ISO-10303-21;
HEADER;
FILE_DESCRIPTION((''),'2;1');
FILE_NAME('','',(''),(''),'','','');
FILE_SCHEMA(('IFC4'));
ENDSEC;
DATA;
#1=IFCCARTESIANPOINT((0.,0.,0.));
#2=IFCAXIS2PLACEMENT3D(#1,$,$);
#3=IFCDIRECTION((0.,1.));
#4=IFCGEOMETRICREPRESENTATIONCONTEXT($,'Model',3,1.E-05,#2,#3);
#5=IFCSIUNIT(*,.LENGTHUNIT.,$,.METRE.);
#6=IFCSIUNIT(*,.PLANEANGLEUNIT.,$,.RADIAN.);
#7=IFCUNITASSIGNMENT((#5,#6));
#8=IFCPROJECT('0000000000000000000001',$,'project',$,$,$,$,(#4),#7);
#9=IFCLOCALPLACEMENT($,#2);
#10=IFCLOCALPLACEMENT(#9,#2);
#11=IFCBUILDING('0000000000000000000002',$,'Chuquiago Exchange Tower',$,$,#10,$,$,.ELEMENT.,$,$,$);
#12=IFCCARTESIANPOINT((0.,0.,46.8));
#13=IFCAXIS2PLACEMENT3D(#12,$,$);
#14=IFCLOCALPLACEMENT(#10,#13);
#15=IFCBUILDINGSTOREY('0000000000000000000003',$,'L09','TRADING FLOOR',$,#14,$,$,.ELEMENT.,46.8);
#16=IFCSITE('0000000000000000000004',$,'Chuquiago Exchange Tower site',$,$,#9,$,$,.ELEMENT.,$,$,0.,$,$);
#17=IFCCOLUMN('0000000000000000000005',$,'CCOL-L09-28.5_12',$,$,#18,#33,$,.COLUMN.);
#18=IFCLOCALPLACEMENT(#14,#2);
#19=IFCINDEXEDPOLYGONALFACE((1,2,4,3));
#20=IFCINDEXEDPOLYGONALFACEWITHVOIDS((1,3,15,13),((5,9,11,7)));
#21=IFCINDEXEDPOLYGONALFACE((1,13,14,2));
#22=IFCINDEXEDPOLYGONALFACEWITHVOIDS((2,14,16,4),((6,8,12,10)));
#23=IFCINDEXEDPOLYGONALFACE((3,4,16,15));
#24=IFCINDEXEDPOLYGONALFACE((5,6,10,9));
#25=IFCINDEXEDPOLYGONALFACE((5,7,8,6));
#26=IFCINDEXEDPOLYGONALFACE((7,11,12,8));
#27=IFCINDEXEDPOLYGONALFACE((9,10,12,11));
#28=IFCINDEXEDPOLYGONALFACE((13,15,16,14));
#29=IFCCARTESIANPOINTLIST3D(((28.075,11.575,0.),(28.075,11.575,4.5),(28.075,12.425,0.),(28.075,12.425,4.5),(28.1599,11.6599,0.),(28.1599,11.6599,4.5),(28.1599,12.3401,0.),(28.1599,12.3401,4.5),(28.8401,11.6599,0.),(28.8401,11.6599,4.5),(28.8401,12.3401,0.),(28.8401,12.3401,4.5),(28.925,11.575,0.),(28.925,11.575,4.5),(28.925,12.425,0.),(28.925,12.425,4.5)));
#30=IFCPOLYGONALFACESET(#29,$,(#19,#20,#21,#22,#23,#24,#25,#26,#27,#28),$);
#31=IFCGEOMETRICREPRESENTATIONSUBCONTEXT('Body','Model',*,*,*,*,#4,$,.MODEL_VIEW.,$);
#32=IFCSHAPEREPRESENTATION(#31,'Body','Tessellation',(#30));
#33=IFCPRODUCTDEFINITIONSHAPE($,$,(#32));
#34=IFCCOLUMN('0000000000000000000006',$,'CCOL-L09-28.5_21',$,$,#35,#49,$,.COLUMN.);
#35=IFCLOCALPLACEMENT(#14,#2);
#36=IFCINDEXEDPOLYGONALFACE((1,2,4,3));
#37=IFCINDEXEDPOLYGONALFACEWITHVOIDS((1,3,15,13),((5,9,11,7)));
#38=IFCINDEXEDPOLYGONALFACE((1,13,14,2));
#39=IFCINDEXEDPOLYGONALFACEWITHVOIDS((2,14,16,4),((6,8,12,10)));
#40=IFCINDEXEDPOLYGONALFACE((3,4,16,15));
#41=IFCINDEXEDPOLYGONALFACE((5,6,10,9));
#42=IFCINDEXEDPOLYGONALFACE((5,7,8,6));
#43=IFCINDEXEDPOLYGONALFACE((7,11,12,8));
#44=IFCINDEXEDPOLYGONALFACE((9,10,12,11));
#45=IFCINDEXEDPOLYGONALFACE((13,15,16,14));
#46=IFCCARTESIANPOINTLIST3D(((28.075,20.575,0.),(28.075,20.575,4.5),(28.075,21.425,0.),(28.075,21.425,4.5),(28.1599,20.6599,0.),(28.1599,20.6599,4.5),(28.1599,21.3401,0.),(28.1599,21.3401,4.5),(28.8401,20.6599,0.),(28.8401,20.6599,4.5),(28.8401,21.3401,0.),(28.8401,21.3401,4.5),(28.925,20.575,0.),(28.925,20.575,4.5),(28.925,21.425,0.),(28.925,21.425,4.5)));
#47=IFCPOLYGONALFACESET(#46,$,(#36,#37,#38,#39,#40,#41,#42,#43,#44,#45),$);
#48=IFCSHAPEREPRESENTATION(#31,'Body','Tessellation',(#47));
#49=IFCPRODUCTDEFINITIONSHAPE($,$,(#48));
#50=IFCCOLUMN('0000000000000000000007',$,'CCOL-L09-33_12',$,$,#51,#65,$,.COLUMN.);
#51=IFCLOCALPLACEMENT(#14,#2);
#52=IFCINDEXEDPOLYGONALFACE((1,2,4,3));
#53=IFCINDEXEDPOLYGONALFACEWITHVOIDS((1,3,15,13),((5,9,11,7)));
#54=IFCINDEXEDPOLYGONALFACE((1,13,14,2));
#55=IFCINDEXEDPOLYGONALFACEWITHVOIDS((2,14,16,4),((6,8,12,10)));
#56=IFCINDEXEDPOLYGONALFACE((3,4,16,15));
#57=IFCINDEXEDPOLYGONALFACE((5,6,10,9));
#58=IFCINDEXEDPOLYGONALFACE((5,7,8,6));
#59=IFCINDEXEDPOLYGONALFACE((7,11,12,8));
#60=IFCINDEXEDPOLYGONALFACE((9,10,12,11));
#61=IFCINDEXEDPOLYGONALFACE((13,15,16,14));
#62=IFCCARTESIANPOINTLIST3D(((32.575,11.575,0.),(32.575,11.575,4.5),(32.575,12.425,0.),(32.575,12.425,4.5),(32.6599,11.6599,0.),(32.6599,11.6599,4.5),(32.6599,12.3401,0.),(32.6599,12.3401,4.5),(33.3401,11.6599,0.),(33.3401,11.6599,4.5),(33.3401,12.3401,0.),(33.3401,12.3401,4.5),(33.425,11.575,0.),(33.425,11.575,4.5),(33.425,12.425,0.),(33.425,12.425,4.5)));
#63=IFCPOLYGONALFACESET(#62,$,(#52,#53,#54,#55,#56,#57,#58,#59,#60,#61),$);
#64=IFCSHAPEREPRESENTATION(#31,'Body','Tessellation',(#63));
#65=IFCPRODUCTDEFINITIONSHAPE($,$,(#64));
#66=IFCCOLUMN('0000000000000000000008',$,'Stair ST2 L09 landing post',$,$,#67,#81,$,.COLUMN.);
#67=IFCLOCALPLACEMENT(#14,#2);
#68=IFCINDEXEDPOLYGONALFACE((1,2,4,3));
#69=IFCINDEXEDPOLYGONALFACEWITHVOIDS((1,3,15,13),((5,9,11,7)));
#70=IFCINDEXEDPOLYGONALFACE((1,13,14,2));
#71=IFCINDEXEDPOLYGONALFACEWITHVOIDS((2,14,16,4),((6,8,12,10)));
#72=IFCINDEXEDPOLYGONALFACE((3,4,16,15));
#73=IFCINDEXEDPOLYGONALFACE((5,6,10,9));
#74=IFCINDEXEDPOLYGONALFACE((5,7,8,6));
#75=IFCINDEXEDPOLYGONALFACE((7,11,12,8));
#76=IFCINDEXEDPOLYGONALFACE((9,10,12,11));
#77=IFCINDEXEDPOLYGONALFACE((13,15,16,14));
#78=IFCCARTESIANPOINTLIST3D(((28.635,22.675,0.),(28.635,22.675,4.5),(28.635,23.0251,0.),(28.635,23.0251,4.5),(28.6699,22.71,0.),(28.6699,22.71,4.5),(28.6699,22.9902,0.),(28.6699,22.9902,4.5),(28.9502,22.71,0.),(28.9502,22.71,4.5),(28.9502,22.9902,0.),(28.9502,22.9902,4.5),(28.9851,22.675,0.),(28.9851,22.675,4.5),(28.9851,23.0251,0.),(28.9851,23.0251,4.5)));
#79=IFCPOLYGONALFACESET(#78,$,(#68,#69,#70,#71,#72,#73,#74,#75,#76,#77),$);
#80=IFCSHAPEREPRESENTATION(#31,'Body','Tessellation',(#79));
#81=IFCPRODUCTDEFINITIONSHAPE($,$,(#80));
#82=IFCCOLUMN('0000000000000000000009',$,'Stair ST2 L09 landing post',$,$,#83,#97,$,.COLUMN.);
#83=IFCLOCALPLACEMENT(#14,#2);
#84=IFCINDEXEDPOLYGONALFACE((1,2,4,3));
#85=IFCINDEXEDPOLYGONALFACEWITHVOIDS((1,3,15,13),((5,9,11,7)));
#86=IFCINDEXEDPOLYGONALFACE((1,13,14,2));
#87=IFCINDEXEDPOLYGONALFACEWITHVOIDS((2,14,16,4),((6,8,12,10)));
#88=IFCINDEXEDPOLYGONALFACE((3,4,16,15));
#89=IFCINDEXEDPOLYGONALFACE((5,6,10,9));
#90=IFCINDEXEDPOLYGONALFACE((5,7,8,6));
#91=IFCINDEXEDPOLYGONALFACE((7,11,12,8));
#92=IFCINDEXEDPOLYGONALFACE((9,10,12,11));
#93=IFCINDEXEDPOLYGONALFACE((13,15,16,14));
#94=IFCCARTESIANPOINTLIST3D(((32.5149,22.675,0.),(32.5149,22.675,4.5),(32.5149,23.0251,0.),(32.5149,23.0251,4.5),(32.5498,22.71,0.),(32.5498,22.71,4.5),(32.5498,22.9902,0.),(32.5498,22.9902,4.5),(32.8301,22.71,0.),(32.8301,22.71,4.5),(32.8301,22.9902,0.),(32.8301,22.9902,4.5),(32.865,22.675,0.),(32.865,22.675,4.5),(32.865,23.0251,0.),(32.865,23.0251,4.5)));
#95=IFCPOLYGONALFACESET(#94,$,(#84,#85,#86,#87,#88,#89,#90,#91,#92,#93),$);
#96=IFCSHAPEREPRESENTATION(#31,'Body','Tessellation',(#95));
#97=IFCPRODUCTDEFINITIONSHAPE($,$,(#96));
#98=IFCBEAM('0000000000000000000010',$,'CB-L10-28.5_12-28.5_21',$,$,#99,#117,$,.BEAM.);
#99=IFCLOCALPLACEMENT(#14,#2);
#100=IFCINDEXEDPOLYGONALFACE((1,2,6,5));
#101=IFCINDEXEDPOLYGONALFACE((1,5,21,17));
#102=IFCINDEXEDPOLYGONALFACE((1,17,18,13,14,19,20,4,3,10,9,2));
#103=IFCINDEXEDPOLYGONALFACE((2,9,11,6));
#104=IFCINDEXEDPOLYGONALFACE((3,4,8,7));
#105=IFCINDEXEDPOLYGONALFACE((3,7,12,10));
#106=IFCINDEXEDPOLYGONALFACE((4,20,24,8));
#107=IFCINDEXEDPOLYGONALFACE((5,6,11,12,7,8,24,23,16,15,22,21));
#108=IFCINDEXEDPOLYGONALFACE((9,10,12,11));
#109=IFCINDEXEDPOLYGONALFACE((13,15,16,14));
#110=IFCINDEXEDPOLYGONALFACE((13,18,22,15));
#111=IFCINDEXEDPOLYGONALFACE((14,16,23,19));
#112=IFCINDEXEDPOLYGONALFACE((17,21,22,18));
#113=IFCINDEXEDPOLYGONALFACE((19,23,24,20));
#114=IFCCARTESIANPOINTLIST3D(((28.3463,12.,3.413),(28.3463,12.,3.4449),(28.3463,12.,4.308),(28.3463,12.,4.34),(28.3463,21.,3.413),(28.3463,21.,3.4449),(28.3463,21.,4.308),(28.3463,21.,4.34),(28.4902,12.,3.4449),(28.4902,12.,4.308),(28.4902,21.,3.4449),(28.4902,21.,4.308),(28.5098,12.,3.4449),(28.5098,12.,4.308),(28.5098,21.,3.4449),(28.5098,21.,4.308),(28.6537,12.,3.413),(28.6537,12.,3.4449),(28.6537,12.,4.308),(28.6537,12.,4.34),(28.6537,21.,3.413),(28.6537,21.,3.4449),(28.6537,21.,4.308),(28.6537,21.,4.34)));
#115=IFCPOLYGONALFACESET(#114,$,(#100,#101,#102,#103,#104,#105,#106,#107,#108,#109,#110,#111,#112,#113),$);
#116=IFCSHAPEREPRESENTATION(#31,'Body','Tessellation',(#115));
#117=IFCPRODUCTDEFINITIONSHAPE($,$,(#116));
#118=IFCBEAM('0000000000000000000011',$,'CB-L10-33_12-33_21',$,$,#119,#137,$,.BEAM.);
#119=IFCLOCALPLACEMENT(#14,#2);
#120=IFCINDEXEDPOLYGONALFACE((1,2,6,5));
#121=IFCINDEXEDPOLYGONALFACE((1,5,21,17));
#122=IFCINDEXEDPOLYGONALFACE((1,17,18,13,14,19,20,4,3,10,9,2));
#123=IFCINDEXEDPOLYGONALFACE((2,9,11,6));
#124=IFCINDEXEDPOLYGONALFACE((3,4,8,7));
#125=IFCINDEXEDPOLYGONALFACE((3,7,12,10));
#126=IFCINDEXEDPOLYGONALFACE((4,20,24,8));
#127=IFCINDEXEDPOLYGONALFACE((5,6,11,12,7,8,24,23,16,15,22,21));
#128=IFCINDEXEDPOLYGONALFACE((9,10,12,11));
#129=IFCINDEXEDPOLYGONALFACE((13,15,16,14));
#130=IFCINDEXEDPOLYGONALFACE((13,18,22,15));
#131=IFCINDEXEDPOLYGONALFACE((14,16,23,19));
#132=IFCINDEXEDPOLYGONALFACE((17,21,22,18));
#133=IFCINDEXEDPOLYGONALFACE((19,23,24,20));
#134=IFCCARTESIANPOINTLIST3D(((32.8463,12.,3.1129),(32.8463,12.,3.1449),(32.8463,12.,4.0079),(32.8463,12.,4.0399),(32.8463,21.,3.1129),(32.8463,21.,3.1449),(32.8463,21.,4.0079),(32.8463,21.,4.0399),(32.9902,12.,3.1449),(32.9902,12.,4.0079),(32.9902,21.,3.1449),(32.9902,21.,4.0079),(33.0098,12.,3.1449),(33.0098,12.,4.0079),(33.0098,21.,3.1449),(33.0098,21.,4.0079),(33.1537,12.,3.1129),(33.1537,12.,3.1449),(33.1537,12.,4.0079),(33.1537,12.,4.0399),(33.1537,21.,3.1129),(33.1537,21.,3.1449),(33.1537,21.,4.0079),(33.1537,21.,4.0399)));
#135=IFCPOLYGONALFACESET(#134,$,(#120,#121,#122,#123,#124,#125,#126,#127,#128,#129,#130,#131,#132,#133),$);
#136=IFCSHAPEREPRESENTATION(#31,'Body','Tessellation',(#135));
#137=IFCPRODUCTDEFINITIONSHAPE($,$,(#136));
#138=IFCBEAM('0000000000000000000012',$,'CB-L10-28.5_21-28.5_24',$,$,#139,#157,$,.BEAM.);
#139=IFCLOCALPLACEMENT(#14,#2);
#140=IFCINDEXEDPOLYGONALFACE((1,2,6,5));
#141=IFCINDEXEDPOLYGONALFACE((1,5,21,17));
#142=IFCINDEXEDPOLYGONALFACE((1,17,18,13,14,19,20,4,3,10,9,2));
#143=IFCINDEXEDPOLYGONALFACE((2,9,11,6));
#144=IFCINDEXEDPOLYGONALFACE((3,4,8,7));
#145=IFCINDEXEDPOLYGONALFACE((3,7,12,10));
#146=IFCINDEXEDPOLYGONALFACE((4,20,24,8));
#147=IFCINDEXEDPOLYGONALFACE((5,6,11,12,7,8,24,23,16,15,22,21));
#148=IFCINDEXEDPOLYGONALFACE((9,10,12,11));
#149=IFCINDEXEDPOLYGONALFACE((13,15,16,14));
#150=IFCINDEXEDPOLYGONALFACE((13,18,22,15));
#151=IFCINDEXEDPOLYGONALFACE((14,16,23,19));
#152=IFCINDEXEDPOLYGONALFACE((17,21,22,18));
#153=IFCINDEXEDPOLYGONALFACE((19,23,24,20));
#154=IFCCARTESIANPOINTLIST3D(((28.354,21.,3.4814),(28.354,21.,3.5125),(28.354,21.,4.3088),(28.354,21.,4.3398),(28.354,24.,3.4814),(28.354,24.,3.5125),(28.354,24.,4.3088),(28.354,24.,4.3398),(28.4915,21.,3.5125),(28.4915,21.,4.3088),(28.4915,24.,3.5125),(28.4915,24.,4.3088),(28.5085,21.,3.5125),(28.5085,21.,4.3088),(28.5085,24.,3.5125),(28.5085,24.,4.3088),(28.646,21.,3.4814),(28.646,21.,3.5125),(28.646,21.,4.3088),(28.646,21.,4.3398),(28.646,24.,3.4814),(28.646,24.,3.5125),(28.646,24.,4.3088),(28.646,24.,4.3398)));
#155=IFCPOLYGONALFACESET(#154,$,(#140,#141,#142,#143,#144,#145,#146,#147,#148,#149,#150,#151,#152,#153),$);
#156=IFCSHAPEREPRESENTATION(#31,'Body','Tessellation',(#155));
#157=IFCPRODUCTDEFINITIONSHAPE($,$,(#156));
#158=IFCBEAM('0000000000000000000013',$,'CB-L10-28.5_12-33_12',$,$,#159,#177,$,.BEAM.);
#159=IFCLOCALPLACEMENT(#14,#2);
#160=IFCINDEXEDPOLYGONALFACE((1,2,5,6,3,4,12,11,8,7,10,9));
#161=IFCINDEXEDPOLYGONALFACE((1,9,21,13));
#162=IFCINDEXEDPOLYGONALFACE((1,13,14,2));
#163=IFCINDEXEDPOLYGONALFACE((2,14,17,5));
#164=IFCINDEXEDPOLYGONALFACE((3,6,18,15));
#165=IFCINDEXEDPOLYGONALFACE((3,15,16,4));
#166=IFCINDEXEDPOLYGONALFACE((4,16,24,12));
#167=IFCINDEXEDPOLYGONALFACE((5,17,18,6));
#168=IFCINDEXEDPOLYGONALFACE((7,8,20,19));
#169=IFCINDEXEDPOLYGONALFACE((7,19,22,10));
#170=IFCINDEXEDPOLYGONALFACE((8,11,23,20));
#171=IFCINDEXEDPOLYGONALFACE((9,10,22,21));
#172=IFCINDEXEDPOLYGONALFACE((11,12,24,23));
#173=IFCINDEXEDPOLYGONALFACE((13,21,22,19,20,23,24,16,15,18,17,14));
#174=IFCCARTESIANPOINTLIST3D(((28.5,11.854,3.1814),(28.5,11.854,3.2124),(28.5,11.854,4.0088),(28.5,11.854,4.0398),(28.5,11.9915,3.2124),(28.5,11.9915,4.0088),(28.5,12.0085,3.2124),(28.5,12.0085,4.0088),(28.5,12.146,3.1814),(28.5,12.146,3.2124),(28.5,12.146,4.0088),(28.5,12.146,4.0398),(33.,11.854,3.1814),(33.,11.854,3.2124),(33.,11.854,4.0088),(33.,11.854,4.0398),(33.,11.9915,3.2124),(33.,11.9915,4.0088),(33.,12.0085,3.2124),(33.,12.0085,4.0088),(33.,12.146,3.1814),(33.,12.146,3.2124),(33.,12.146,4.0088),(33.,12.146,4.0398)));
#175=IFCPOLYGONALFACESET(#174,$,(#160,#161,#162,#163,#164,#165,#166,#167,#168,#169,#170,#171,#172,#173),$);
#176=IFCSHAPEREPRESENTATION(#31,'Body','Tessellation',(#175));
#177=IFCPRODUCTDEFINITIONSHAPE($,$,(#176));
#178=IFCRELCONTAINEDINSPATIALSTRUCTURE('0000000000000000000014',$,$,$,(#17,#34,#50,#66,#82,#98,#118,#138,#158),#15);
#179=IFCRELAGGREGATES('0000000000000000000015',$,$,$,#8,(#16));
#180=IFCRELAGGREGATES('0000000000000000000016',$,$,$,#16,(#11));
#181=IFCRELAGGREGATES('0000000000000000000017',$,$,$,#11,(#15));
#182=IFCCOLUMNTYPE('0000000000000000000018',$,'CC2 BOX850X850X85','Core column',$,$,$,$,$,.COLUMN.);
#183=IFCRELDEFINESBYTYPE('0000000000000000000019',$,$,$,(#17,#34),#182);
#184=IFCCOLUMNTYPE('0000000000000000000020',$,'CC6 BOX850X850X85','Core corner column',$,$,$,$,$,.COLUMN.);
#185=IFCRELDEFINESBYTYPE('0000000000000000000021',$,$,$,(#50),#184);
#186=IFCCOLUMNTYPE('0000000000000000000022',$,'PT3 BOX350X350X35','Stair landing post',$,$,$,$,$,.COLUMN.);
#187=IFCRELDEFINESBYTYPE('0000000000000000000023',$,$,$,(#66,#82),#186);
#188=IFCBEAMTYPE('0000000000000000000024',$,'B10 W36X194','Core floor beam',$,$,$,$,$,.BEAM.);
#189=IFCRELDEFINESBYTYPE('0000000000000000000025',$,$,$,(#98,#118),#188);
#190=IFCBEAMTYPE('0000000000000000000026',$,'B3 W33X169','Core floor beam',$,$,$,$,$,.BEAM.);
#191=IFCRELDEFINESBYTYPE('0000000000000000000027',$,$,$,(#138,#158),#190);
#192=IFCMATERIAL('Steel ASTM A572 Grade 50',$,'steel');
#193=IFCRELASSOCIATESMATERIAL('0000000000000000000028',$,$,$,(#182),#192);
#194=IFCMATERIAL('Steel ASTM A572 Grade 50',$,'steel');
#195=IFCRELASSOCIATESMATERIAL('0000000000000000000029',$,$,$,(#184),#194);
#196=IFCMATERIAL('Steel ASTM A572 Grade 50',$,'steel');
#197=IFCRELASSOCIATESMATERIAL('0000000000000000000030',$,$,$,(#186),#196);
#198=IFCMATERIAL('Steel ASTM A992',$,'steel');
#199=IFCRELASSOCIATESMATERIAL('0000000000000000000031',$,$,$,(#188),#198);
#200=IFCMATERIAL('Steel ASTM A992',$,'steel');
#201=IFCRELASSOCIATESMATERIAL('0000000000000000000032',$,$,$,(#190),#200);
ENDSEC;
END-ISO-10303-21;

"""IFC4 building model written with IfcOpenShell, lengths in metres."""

from ifc_helpers import new_model, si_unit, direction, frame, origin, origin_2d, place, context, subcontext, project, spatial, hollow_rectangle, i_section, extrude, material, material_profile, profile_set, type_object, element, save


model = new_model("IFC4")

# Units and contexts
model_context = context("Model", 3, precision=1e-05, world=origin(), true_north=direction((0.0, 1.0)))
body_context = subcontext(model_context, "Body", "Model", "MODEL_VIEW")
ifc_project = project(units=[si_unit("LENGTHUNIT", "METRE"), si_unit("PLANEANGLEUNIT", "RADIAN")], contexts=[model_context])

# Site, building, storey
site_placement = place(None, origin())
site = spatial("IfcSite", under=ifc_project, at=site_placement, Name="Chuquiago Exchange Tower site", CompositionType="ELEMENT", RefElevation=0.0)
building_placement = place(site_placement, origin())
building = spatial("IfcBuilding", under=site, at=building_placement, Name="Chuquiago Exchange Tower", CompositionType="ELEMENT")
storey_placement = place(building_placement, frame((0.0, 0.0, 46.8)))
storey = spatial("IfcBuildingStorey", under=building, at=storey_placement, Name="L09", Description="TRADING FLOOR", CompositionType="ELEMENT", Elevation=46.8)

# Columns
ifc_material_1 = material(Name="Steel ASTM A572 Grade 50", Category="steel")
ifc_material_profile_1 = material_profile(ifc_material_1, hollow_rectangle(XDim=0.8501, YDim=0.8501, WallThickness=0.085, at=origin_2d()), Name="BOX850X850X85")
ifc_profile_set_1 = profile_set([ifc_material_profile_1], Name="Steel ASTM A572 Grade 50")
column_type_1 = type_object("IfcColumnType", Name="CC2 BOX850X850X85", Description="Core column", PredefinedType="COLUMN", material=ifc_profile_set_1)
for number, where, z_axis, x_axis, name in (
    (1, (28.5, 12.0, 0.0), (0.0, 0.0, 1.0), (1.0, 0.0, 0.0), "CCOL-L09-28.5_12"),
    (2, (28.5, 21.0, 0.0), (0.0, 0.0, 1.0), (1.0, 0.0, 0.0), "CCOL-L09-28.5_21"),
):
    element("IfcColumn", number, at=place(storey_placement, frame(where, z_axis=z_axis, x_axis=x_axis)), inside=storey, type_object=column_type_1, Name=name, PredefinedType="COLUMN", context=body_context, shape_type="SweptSolid", body=[
        extrude(hollow_rectangle(XDim=0.8501, YDim=0.8501, WallThickness=0.085, at=origin_2d()), origin(), (0.0, 0.0, 1.0), 4.5),
    ])
ifc_material_2 = material(Name="Steel ASTM A572 Grade 50", Category="steel")
ifc_material_profile_2 = material_profile(ifc_material_2, hollow_rectangle(XDim=0.8501, YDim=0.8501, WallThickness=0.085, at=origin_2d()), Name="BOX850X850X85")
ifc_profile_set_2 = profile_set([ifc_material_profile_2], Name="Steel ASTM A572 Grade 50")
column_type_2 = type_object("IfcColumnType", Name="CC6 BOX850X850X85", Description="Core corner column", PredefinedType="COLUMN", material=ifc_profile_set_2)
column_placement = place(storey_placement, frame((33.0, 12.0, 0.0), z_axis=(0.0, 0.0, 1.0), x_axis=(1.0, 0.0, 0.0)))
element("IfcColumn", 3, at=column_placement, inside=storey, type_object=column_type_2, Name="CCOL-L09-33_12", PredefinedType="COLUMN", context=body_context, shape_type="SweptSolid", body=[
    extrude(hollow_rectangle(XDim=0.8501, YDim=0.8501, WallThickness=0.085, at=origin_2d()), origin(), (0.0, 0.0, 1.0), 4.5),
])
ifc_material_3 = material(Name="Steel ASTM A572 Grade 50", Category="steel")
ifc_material_profile_3 = material_profile(ifc_material_3, hollow_rectangle(XDim=0.3501, YDim=0.3501, WallThickness=0.0349, at=origin_2d()), Name="BOX350X350X35")
ifc_profile_set_3 = profile_set([ifc_material_profile_3], Name="Steel ASTM A572 Grade 50")
column_type_3 = type_object("IfcColumnType", Name="PT3 BOX350X350X35", Description="Stair landing post", PredefinedType="COLUMN", material=ifc_profile_set_3)
for number, where, z_axis, x_axis, name in (
    (4, (28.8101, 22.8501, 0.0), (0.0, 0.0, 1.0), (1.0, 0.0, 0.0), "Stair ST2 L09 landing post"),
    (5, (32.6899, 22.8501, 0.0), (0.0, 0.0, 1.0), (1.0, 0.0, 0.0), "Stair ST2 L09 landing post"),
):
    element("IfcColumn", number, at=place(storey_placement, frame(where, z_axis=z_axis, x_axis=x_axis)), inside=storey, type_object=column_type_3, Name=name, PredefinedType="COLUMN", context=body_context, shape_type="SweptSolid", body=[
        extrude(hollow_rectangle(XDim=0.3501, YDim=0.3501, WallThickness=0.0349, at=origin_2d()), origin(), (0.0, 0.0, 1.0), 4.5),
    ])

# Beams
ifc_material_4 = material(Name="Steel ASTM A992", Category="steel")
ifc_material_profile_4 = material_profile(ifc_material_4, i_section(OverallWidth=0.3074, OverallDepth=0.927, WebThickness=0.0195, FlangeThickness=0.032, at=origin_2d()), Name="W36X194")
ifc_profile_set_4 = profile_set([ifc_material_profile_4], Name="Steel ASTM A992")
beam_type_1 = type_object("IfcBeamType", Name="B10 W36X194", Description="Core floor beam", PredefinedType="BEAM", material=ifc_profile_set_4)
for number, where, z_axis, x_axis, name in (
    (6, (28.5, 12.0, 3.8765), (0.0, 1.0, 0.0), (-1.0, 0.0, 0.0), "CB-L10-28.5_12-28.5_21"),
    (7, (33.0, 12.0, 3.5764), (0.0, 1.0, 0.0), (-1.0, 0.0, 0.0), "CB-L10-33_12-33_21"),
):
    element("IfcBeam", number, at=place(storey_placement, frame(where, z_axis=z_axis, x_axis=x_axis)), inside=storey, type_object=beam_type_1, Name=name, PredefinedType="BEAM", context=body_context, shape_type="SweptSolid", body=[
        extrude(i_section(OverallWidth=0.3074, OverallDepth=0.927, WebThickness=0.0195, FlangeThickness=0.032, at=origin_2d()), origin(), (0.0, 0.0, 1.0), 9.0),
    ])
ifc_material_5 = material(Name="Steel ASTM A992", Category="steel")
ifc_material_profile_5 = material_profile(ifc_material_5, i_section(OverallWidth=0.292, OverallDepth=0.8584, WebThickness=0.0171, FlangeThickness=0.031, at=origin_2d()), Name="W33X169")
ifc_profile_set_5 = profile_set([ifc_material_profile_5], Name="Steel ASTM A992")
beam_type_2 = type_object("IfcBeamType", Name="B3 W33X169", Description="Core floor beam", PredefinedType="BEAM", material=ifc_profile_set_5)
beam_placement = place(storey_placement, frame((28.5, 21.0, 3.9106), z_axis=(0.0, 1.0, 0.0), x_axis=(-1.0, 0.0, 0.0)))
element("IfcBeam", 8, at=beam_placement, inside=storey, type_object=beam_type_2, Name="CB-L10-28.5_21-28.5_24", PredefinedType="BEAM", context=body_context, shape_type="SweptSolid", body=[
    extrude(i_section(OverallWidth=0.292, OverallDepth=0.8584, WebThickness=0.0171, FlangeThickness=0.031, at=origin_2d()), origin(), (0.0, 0.0, 1.0), 3.0),
])
for number, where, z_axis, x_axis, name in (
    (9, (28.5, 12.0, 3.6106), (1.0, 0.0, 0.0), (0.0, 1.0, 0.0), "CB-L10-28.5_12-33_12"),
):
    element("IfcBeam", number, at=place(storey_placement, frame(where, z_axis=z_axis, x_axis=x_axis)), inside=storey, type_object=beam_type_2, Name=name, PredefinedType="BEAM", context=body_context, shape_type="SweptSolid", body=[
        extrude(i_section(OverallWidth=0.292, OverallDepth=0.8584, WebThickness=0.0171, FlangeThickness=0.031, at=origin_2d()), origin(), (0.0, 0.0, 1.0), 4.5),
    ])

save(model, "model.ifc")
